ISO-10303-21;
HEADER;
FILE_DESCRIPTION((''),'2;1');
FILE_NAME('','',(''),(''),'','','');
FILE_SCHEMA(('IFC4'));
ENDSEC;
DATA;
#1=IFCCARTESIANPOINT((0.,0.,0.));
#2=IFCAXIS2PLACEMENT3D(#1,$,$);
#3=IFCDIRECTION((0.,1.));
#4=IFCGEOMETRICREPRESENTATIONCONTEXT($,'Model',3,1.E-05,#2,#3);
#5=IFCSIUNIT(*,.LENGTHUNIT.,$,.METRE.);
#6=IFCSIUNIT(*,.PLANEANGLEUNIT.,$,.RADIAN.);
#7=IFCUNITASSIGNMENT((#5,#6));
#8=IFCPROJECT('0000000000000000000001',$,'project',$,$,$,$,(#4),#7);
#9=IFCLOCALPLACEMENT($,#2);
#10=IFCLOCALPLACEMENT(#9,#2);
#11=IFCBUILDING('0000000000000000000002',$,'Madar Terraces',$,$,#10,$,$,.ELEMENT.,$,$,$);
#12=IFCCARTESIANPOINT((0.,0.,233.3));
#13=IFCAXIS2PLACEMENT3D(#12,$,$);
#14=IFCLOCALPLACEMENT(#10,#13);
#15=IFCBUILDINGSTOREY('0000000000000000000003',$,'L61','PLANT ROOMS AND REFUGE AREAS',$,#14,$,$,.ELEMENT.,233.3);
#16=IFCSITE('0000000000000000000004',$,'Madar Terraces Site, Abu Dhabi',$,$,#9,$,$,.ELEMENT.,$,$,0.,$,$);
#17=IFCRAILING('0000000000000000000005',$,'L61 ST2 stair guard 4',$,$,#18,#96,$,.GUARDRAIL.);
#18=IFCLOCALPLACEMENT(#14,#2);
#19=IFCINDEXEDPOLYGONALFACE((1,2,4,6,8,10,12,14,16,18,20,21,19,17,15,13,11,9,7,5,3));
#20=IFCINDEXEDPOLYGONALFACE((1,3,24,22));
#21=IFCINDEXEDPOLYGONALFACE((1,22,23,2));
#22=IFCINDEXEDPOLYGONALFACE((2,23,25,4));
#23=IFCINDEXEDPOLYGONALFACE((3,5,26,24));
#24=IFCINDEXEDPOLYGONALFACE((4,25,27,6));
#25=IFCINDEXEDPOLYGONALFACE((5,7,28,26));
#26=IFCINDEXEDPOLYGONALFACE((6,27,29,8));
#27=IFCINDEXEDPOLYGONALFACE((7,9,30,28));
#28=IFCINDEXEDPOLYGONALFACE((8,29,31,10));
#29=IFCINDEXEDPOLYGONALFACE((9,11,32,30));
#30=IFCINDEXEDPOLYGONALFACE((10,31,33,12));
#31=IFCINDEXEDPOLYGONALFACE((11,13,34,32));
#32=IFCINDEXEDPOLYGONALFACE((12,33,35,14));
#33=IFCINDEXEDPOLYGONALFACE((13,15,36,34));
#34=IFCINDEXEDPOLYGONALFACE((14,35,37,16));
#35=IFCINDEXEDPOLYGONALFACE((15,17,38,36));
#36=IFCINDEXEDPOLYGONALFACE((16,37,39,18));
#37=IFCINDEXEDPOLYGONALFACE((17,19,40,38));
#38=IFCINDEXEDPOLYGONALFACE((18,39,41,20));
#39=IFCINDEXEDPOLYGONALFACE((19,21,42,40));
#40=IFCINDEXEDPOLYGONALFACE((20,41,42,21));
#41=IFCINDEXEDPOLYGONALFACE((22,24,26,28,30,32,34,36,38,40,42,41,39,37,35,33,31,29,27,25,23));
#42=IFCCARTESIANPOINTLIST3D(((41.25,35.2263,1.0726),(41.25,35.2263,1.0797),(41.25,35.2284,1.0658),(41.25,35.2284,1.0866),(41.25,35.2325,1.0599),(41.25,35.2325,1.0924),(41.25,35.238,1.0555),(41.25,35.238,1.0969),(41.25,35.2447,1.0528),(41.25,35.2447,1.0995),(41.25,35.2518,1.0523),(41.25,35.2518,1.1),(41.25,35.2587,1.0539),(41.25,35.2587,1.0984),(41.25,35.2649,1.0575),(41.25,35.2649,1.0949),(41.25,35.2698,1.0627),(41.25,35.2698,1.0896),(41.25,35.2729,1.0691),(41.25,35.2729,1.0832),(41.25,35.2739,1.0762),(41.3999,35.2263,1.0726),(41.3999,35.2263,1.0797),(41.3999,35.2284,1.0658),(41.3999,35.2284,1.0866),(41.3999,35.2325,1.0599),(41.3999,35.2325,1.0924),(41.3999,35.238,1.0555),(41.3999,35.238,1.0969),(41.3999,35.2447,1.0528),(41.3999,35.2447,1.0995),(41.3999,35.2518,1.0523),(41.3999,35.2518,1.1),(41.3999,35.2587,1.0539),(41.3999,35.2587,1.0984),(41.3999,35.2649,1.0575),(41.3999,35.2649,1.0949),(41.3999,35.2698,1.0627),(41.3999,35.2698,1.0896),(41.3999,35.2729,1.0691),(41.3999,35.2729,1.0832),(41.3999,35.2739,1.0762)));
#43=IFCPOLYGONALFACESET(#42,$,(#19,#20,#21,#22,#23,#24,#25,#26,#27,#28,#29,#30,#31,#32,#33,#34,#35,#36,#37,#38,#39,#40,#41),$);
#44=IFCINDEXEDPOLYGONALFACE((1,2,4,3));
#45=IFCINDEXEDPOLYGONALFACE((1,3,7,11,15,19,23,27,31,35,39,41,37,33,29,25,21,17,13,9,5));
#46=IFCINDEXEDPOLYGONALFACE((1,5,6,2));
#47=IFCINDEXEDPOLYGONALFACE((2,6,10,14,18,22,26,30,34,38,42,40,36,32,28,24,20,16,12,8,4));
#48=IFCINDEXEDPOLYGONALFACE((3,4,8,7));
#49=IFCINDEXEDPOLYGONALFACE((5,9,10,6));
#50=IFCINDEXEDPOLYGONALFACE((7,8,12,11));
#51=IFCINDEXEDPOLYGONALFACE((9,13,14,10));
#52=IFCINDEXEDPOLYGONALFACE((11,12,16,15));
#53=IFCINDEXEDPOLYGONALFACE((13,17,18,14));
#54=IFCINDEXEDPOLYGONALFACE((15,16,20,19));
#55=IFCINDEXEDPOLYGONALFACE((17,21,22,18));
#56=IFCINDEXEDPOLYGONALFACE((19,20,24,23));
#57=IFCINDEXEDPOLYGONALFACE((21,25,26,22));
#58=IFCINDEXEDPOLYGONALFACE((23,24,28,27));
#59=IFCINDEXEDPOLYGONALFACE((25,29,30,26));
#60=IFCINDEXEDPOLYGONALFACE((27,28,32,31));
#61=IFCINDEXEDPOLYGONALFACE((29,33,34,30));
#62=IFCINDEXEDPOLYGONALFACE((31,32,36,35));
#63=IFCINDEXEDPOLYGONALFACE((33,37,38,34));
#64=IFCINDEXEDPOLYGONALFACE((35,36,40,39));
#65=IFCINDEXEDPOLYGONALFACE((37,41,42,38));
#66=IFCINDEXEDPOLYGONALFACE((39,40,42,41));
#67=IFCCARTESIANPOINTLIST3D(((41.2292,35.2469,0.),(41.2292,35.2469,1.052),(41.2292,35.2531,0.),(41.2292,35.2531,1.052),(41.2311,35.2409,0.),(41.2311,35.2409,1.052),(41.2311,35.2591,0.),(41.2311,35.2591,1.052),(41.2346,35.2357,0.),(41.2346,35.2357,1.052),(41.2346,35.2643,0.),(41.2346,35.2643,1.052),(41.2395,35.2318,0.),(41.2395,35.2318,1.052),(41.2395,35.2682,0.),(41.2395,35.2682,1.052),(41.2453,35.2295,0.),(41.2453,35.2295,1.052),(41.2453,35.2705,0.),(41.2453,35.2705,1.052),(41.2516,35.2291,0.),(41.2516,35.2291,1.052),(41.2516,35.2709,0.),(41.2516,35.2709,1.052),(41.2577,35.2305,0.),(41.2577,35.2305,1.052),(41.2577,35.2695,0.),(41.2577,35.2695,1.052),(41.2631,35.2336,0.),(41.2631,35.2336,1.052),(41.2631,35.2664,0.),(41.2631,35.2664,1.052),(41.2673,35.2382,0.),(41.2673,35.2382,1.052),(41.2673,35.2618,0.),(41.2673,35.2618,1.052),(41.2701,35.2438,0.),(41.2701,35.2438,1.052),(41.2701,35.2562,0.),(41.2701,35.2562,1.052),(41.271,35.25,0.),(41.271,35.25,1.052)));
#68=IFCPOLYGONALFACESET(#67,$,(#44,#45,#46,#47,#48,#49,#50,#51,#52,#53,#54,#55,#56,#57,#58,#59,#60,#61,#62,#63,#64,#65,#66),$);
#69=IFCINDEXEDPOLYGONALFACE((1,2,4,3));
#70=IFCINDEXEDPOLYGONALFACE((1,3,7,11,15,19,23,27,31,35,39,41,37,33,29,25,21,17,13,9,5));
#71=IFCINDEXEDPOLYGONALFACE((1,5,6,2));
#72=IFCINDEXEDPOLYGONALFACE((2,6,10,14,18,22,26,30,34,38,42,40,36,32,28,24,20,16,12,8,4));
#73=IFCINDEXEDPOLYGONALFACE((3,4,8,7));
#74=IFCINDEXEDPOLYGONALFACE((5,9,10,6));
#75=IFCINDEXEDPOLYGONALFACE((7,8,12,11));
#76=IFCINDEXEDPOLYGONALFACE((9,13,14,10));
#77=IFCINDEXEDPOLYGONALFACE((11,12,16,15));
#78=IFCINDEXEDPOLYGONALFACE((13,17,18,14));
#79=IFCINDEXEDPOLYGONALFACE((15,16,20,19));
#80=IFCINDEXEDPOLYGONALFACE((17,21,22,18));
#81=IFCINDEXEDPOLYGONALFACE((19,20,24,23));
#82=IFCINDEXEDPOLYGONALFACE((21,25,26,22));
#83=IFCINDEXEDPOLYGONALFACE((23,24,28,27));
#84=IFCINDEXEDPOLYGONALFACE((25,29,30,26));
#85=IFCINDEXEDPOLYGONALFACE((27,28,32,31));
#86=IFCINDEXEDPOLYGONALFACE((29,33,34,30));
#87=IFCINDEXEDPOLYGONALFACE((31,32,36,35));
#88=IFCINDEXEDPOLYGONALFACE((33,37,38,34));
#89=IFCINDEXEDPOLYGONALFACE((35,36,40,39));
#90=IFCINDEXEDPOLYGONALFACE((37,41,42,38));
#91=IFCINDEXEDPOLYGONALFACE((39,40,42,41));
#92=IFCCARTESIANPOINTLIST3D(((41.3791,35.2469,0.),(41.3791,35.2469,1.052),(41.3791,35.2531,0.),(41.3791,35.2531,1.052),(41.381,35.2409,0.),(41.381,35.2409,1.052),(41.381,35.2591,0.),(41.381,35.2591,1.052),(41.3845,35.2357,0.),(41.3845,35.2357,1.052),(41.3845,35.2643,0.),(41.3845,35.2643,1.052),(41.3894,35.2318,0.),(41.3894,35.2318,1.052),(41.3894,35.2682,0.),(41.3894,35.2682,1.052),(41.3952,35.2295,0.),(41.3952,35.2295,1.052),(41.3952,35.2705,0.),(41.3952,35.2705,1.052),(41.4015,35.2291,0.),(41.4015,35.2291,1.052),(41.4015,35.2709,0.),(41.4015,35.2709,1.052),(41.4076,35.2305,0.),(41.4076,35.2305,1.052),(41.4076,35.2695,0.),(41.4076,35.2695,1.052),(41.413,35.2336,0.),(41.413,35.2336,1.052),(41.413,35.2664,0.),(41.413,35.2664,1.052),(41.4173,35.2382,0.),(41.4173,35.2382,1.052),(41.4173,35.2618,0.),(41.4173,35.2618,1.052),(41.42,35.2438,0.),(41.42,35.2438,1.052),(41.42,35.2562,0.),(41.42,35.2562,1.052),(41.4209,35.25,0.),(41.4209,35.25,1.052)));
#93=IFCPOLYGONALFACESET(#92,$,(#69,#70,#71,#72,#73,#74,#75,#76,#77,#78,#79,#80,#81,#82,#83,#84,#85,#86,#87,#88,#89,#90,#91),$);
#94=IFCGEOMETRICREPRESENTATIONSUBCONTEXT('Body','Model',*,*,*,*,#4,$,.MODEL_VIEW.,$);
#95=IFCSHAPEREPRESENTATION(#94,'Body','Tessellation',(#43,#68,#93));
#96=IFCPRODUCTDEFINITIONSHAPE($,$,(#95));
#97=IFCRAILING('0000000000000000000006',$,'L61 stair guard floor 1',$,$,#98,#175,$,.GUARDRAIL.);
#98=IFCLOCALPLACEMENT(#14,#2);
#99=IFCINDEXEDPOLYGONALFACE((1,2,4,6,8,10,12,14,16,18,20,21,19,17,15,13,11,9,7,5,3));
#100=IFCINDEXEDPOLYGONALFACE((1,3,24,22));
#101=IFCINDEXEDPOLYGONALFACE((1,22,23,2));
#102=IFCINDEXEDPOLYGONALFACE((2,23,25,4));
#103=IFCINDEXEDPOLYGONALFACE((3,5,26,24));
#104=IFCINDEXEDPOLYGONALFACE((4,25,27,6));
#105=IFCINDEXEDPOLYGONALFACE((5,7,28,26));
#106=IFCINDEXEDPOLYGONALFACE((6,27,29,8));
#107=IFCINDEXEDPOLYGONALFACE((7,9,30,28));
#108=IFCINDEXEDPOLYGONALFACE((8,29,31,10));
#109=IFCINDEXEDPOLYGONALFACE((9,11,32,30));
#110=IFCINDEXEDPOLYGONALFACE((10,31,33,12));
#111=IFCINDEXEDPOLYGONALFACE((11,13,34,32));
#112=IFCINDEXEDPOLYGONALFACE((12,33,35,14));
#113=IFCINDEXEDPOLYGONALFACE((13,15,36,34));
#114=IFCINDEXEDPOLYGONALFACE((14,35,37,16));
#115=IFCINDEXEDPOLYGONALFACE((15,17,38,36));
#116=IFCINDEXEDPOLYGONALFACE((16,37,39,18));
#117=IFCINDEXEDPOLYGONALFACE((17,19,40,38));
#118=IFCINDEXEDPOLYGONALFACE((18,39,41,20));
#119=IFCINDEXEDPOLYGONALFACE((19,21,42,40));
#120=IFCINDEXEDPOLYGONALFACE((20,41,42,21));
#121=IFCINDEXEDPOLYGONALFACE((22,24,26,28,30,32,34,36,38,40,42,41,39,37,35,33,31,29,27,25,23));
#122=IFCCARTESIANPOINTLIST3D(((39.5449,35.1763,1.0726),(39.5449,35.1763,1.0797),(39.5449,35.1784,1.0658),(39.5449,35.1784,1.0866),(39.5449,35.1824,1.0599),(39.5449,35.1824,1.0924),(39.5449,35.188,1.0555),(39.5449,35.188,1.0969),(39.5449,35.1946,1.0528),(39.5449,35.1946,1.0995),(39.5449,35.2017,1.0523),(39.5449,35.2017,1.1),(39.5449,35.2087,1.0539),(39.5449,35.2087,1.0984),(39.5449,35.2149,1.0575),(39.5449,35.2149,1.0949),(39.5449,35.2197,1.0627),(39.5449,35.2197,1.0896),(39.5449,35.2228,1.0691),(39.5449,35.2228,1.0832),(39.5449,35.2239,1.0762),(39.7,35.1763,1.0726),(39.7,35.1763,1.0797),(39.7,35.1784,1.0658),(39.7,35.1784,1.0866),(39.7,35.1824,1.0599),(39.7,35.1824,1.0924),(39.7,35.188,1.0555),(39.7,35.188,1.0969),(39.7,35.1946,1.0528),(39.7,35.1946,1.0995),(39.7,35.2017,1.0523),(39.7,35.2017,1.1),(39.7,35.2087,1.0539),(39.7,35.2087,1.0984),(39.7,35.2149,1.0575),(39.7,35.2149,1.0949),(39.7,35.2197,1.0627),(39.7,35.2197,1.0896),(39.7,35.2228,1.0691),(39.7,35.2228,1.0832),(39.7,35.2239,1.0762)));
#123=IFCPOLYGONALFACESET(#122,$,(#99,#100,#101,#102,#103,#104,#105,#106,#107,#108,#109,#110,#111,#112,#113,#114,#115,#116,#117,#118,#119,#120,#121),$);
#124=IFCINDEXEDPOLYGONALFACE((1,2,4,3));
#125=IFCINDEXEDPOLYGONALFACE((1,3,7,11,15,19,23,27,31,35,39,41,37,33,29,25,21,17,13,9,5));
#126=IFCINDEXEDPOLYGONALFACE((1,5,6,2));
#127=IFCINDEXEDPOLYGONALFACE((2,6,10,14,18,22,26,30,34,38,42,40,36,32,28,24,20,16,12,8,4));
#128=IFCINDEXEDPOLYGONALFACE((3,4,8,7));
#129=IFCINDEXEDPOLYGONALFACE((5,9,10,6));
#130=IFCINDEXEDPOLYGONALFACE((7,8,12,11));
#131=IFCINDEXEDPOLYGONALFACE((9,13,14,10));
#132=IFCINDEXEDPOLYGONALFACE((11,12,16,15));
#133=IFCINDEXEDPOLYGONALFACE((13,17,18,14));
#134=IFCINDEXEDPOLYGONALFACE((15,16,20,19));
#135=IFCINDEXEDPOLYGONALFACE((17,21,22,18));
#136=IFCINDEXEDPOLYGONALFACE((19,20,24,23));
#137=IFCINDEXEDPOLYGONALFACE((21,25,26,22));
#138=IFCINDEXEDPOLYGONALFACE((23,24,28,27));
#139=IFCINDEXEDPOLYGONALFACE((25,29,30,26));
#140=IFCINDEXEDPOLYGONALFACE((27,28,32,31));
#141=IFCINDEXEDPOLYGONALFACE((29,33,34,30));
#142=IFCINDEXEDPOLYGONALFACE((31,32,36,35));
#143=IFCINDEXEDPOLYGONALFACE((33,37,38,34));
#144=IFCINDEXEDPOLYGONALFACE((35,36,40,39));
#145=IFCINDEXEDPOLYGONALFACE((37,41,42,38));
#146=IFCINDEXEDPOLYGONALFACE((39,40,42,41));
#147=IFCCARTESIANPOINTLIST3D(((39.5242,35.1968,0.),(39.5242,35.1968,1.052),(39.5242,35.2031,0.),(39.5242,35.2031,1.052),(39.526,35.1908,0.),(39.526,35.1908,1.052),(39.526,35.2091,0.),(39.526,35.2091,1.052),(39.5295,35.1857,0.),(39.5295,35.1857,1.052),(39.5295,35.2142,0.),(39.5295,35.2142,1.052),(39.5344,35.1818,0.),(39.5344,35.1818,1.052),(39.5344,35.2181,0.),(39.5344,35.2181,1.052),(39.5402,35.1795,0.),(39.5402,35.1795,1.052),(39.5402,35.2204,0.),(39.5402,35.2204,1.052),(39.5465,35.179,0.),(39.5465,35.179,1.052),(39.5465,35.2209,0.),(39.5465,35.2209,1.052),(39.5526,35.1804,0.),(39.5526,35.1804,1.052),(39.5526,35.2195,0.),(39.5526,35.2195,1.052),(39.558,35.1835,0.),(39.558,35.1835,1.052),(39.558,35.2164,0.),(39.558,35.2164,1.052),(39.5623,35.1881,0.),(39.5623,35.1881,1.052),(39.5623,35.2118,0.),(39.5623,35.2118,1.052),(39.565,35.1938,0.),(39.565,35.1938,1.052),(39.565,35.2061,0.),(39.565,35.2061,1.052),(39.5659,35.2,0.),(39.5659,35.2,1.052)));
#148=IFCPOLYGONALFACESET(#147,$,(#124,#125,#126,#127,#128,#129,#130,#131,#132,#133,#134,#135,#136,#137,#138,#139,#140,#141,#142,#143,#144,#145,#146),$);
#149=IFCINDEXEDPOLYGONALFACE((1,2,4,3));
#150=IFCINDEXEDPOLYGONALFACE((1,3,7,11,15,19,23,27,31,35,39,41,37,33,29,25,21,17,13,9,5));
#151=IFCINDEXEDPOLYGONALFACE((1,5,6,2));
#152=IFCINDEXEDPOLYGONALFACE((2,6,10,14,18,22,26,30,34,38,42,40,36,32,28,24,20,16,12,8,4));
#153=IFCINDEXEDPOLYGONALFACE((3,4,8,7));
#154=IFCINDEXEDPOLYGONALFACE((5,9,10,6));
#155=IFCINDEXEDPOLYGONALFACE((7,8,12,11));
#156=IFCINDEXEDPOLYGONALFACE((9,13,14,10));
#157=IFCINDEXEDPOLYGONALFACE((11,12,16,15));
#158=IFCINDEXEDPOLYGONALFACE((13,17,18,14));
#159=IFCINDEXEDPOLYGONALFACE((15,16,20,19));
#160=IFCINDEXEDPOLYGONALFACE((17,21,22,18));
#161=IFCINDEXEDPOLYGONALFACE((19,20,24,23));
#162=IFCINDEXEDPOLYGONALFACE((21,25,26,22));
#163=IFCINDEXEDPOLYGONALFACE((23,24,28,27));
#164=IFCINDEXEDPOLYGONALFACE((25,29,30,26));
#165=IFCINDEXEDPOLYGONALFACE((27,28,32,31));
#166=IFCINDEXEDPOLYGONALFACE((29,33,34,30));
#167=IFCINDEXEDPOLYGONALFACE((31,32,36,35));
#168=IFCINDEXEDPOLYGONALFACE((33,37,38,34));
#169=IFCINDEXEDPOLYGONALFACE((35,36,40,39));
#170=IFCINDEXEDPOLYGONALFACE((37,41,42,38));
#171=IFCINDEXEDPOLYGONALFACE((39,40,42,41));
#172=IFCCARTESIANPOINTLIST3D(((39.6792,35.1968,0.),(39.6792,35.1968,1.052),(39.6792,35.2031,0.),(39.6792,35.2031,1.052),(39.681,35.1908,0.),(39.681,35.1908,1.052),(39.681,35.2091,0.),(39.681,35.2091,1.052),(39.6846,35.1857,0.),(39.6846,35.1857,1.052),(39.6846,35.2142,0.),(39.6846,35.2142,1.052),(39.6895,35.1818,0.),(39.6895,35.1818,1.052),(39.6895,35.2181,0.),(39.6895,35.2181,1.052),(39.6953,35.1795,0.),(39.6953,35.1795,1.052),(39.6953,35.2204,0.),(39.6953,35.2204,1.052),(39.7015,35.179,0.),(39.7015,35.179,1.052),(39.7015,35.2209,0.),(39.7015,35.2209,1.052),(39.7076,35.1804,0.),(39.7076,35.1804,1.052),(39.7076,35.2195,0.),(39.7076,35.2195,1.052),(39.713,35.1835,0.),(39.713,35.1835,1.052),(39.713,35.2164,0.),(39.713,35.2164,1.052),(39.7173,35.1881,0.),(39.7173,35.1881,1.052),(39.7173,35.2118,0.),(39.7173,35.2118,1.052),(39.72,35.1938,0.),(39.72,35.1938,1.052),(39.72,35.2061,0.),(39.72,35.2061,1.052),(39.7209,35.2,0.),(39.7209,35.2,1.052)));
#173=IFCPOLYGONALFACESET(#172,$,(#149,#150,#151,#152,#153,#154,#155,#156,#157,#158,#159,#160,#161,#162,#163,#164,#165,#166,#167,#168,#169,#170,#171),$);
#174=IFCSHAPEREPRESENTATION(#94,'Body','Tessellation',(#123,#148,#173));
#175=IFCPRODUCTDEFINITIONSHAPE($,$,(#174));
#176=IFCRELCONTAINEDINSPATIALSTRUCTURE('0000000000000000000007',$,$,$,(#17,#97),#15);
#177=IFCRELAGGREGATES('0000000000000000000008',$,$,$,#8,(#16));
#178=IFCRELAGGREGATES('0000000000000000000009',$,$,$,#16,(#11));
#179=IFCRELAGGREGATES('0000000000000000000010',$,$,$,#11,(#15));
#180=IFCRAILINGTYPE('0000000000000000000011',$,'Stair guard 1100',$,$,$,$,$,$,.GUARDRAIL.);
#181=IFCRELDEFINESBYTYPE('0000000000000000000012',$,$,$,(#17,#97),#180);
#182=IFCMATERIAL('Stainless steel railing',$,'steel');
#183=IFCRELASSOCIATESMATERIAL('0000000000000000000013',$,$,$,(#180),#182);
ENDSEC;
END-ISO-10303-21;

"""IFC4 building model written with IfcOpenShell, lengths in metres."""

from ifc_helpers import new_model, si_unit, direction, frame, origin, origin_2d, place, context, subcontext, project, spatial, circle, extrude, material, type_object, element, save


model = new_model("IFC4")

# Units and contexts
model_context = context("Model", 3, precision=1e-05, world=origin(), true_north=direction((0.0, 1.0)))
body_context = subcontext(model_context, "Body", "Model", "MODEL_VIEW")
ifc_project = project(units=[si_unit("LENGTHUNIT", "METRE"), si_unit("PLANEANGLEUNIT", "RADIAN")], contexts=[model_context])

# Site, building, storey
site_placement = place(None, origin())
site = spatial("IfcSite", under=ifc_project, at=site_placement, Name="Madar Terraces Site, Abu Dhabi", CompositionType="ELEMENT", RefElevation=0.0)
building_placement = place(site_placement, origin())
building = spatial("IfcBuilding", under=site, at=building_placement, Name="Madar Terraces", CompositionType="ELEMENT")
storey_placement = place(building_placement, frame((0.0, 0.0, 233.3)))
storey = spatial("IfcBuildingStorey", under=building, at=storey_placement, Name="L61", Description="PLANT ROOMS AND REFUGE AREAS", CompositionType="ELEMENT", Elevation=233.3)

# Railings
ifc_material_1 = material(Name="Stainless steel railing", Category="steel")
railing_type_1 = type_object("IfcRailingType", Name="Stair guard 1100", PredefinedType="GUARDRAIL", material=ifc_material_1)
railing_1_placement = place(storey_placement, frame((41.25, 35.25, 0.0)))
element("IfcRailing", 1, at=railing_1_placement, inside=storey, type_object=railing_type_1, Name="L61 ST2 stair guard 4", PredefinedType="GUARDRAIL", context=body_context, shape_type="SweptSolid", body=[
    extrude(circle(Radius=0.0239, at=origin_2d()), frame((0.0, 0.0, 1.0762), z_axis=(1.0, 0.0, 0.0), x_axis=(0.0, 1.0, 0.0)), (0.0, 0.0, 1.0), 0.1499),
    extrude(circle(Radius=0.021, at=origin_2d()), origin(), (0.0, 0.0, 1.0), 1.052),
    extrude(circle(Radius=0.021, at=origin_2d()), frame((0.1499, 0.0, 0.0)), (0.0, 0.0, 1.0), 1.052),
])
for number, where, name in (
    (2, (39.5449, 35.2, 0.0), "L61 stair guard floor 1"),
):
    element("IfcRailing", number, at=place(storey_placement, frame(where)), inside=storey, type_object=railing_type_1, Name=name, PredefinedType="GUARDRAIL", context=body_context, shape_type="SweptSolid", body=[
        extrude(circle(Radius=0.0239, at=origin_2d()), frame((0.0, 0.0, 1.0762), z_axis=(1.0, 0.0, 0.0), x_axis=(0.0, 1.0, 0.0)), (0.0, 0.0, 1.0), 0.155),
        extrude(circle(Radius=0.021, at=origin_2d()), origin(), (0.0, 0.0, 1.0), 1.052),
        extrude(circle(Radius=0.021, at=origin_2d()), frame((0.155, 0.0, 0.0)), (0.0, 0.0, 1.0), 1.052),
    ])

save(model, "model.ifc")
